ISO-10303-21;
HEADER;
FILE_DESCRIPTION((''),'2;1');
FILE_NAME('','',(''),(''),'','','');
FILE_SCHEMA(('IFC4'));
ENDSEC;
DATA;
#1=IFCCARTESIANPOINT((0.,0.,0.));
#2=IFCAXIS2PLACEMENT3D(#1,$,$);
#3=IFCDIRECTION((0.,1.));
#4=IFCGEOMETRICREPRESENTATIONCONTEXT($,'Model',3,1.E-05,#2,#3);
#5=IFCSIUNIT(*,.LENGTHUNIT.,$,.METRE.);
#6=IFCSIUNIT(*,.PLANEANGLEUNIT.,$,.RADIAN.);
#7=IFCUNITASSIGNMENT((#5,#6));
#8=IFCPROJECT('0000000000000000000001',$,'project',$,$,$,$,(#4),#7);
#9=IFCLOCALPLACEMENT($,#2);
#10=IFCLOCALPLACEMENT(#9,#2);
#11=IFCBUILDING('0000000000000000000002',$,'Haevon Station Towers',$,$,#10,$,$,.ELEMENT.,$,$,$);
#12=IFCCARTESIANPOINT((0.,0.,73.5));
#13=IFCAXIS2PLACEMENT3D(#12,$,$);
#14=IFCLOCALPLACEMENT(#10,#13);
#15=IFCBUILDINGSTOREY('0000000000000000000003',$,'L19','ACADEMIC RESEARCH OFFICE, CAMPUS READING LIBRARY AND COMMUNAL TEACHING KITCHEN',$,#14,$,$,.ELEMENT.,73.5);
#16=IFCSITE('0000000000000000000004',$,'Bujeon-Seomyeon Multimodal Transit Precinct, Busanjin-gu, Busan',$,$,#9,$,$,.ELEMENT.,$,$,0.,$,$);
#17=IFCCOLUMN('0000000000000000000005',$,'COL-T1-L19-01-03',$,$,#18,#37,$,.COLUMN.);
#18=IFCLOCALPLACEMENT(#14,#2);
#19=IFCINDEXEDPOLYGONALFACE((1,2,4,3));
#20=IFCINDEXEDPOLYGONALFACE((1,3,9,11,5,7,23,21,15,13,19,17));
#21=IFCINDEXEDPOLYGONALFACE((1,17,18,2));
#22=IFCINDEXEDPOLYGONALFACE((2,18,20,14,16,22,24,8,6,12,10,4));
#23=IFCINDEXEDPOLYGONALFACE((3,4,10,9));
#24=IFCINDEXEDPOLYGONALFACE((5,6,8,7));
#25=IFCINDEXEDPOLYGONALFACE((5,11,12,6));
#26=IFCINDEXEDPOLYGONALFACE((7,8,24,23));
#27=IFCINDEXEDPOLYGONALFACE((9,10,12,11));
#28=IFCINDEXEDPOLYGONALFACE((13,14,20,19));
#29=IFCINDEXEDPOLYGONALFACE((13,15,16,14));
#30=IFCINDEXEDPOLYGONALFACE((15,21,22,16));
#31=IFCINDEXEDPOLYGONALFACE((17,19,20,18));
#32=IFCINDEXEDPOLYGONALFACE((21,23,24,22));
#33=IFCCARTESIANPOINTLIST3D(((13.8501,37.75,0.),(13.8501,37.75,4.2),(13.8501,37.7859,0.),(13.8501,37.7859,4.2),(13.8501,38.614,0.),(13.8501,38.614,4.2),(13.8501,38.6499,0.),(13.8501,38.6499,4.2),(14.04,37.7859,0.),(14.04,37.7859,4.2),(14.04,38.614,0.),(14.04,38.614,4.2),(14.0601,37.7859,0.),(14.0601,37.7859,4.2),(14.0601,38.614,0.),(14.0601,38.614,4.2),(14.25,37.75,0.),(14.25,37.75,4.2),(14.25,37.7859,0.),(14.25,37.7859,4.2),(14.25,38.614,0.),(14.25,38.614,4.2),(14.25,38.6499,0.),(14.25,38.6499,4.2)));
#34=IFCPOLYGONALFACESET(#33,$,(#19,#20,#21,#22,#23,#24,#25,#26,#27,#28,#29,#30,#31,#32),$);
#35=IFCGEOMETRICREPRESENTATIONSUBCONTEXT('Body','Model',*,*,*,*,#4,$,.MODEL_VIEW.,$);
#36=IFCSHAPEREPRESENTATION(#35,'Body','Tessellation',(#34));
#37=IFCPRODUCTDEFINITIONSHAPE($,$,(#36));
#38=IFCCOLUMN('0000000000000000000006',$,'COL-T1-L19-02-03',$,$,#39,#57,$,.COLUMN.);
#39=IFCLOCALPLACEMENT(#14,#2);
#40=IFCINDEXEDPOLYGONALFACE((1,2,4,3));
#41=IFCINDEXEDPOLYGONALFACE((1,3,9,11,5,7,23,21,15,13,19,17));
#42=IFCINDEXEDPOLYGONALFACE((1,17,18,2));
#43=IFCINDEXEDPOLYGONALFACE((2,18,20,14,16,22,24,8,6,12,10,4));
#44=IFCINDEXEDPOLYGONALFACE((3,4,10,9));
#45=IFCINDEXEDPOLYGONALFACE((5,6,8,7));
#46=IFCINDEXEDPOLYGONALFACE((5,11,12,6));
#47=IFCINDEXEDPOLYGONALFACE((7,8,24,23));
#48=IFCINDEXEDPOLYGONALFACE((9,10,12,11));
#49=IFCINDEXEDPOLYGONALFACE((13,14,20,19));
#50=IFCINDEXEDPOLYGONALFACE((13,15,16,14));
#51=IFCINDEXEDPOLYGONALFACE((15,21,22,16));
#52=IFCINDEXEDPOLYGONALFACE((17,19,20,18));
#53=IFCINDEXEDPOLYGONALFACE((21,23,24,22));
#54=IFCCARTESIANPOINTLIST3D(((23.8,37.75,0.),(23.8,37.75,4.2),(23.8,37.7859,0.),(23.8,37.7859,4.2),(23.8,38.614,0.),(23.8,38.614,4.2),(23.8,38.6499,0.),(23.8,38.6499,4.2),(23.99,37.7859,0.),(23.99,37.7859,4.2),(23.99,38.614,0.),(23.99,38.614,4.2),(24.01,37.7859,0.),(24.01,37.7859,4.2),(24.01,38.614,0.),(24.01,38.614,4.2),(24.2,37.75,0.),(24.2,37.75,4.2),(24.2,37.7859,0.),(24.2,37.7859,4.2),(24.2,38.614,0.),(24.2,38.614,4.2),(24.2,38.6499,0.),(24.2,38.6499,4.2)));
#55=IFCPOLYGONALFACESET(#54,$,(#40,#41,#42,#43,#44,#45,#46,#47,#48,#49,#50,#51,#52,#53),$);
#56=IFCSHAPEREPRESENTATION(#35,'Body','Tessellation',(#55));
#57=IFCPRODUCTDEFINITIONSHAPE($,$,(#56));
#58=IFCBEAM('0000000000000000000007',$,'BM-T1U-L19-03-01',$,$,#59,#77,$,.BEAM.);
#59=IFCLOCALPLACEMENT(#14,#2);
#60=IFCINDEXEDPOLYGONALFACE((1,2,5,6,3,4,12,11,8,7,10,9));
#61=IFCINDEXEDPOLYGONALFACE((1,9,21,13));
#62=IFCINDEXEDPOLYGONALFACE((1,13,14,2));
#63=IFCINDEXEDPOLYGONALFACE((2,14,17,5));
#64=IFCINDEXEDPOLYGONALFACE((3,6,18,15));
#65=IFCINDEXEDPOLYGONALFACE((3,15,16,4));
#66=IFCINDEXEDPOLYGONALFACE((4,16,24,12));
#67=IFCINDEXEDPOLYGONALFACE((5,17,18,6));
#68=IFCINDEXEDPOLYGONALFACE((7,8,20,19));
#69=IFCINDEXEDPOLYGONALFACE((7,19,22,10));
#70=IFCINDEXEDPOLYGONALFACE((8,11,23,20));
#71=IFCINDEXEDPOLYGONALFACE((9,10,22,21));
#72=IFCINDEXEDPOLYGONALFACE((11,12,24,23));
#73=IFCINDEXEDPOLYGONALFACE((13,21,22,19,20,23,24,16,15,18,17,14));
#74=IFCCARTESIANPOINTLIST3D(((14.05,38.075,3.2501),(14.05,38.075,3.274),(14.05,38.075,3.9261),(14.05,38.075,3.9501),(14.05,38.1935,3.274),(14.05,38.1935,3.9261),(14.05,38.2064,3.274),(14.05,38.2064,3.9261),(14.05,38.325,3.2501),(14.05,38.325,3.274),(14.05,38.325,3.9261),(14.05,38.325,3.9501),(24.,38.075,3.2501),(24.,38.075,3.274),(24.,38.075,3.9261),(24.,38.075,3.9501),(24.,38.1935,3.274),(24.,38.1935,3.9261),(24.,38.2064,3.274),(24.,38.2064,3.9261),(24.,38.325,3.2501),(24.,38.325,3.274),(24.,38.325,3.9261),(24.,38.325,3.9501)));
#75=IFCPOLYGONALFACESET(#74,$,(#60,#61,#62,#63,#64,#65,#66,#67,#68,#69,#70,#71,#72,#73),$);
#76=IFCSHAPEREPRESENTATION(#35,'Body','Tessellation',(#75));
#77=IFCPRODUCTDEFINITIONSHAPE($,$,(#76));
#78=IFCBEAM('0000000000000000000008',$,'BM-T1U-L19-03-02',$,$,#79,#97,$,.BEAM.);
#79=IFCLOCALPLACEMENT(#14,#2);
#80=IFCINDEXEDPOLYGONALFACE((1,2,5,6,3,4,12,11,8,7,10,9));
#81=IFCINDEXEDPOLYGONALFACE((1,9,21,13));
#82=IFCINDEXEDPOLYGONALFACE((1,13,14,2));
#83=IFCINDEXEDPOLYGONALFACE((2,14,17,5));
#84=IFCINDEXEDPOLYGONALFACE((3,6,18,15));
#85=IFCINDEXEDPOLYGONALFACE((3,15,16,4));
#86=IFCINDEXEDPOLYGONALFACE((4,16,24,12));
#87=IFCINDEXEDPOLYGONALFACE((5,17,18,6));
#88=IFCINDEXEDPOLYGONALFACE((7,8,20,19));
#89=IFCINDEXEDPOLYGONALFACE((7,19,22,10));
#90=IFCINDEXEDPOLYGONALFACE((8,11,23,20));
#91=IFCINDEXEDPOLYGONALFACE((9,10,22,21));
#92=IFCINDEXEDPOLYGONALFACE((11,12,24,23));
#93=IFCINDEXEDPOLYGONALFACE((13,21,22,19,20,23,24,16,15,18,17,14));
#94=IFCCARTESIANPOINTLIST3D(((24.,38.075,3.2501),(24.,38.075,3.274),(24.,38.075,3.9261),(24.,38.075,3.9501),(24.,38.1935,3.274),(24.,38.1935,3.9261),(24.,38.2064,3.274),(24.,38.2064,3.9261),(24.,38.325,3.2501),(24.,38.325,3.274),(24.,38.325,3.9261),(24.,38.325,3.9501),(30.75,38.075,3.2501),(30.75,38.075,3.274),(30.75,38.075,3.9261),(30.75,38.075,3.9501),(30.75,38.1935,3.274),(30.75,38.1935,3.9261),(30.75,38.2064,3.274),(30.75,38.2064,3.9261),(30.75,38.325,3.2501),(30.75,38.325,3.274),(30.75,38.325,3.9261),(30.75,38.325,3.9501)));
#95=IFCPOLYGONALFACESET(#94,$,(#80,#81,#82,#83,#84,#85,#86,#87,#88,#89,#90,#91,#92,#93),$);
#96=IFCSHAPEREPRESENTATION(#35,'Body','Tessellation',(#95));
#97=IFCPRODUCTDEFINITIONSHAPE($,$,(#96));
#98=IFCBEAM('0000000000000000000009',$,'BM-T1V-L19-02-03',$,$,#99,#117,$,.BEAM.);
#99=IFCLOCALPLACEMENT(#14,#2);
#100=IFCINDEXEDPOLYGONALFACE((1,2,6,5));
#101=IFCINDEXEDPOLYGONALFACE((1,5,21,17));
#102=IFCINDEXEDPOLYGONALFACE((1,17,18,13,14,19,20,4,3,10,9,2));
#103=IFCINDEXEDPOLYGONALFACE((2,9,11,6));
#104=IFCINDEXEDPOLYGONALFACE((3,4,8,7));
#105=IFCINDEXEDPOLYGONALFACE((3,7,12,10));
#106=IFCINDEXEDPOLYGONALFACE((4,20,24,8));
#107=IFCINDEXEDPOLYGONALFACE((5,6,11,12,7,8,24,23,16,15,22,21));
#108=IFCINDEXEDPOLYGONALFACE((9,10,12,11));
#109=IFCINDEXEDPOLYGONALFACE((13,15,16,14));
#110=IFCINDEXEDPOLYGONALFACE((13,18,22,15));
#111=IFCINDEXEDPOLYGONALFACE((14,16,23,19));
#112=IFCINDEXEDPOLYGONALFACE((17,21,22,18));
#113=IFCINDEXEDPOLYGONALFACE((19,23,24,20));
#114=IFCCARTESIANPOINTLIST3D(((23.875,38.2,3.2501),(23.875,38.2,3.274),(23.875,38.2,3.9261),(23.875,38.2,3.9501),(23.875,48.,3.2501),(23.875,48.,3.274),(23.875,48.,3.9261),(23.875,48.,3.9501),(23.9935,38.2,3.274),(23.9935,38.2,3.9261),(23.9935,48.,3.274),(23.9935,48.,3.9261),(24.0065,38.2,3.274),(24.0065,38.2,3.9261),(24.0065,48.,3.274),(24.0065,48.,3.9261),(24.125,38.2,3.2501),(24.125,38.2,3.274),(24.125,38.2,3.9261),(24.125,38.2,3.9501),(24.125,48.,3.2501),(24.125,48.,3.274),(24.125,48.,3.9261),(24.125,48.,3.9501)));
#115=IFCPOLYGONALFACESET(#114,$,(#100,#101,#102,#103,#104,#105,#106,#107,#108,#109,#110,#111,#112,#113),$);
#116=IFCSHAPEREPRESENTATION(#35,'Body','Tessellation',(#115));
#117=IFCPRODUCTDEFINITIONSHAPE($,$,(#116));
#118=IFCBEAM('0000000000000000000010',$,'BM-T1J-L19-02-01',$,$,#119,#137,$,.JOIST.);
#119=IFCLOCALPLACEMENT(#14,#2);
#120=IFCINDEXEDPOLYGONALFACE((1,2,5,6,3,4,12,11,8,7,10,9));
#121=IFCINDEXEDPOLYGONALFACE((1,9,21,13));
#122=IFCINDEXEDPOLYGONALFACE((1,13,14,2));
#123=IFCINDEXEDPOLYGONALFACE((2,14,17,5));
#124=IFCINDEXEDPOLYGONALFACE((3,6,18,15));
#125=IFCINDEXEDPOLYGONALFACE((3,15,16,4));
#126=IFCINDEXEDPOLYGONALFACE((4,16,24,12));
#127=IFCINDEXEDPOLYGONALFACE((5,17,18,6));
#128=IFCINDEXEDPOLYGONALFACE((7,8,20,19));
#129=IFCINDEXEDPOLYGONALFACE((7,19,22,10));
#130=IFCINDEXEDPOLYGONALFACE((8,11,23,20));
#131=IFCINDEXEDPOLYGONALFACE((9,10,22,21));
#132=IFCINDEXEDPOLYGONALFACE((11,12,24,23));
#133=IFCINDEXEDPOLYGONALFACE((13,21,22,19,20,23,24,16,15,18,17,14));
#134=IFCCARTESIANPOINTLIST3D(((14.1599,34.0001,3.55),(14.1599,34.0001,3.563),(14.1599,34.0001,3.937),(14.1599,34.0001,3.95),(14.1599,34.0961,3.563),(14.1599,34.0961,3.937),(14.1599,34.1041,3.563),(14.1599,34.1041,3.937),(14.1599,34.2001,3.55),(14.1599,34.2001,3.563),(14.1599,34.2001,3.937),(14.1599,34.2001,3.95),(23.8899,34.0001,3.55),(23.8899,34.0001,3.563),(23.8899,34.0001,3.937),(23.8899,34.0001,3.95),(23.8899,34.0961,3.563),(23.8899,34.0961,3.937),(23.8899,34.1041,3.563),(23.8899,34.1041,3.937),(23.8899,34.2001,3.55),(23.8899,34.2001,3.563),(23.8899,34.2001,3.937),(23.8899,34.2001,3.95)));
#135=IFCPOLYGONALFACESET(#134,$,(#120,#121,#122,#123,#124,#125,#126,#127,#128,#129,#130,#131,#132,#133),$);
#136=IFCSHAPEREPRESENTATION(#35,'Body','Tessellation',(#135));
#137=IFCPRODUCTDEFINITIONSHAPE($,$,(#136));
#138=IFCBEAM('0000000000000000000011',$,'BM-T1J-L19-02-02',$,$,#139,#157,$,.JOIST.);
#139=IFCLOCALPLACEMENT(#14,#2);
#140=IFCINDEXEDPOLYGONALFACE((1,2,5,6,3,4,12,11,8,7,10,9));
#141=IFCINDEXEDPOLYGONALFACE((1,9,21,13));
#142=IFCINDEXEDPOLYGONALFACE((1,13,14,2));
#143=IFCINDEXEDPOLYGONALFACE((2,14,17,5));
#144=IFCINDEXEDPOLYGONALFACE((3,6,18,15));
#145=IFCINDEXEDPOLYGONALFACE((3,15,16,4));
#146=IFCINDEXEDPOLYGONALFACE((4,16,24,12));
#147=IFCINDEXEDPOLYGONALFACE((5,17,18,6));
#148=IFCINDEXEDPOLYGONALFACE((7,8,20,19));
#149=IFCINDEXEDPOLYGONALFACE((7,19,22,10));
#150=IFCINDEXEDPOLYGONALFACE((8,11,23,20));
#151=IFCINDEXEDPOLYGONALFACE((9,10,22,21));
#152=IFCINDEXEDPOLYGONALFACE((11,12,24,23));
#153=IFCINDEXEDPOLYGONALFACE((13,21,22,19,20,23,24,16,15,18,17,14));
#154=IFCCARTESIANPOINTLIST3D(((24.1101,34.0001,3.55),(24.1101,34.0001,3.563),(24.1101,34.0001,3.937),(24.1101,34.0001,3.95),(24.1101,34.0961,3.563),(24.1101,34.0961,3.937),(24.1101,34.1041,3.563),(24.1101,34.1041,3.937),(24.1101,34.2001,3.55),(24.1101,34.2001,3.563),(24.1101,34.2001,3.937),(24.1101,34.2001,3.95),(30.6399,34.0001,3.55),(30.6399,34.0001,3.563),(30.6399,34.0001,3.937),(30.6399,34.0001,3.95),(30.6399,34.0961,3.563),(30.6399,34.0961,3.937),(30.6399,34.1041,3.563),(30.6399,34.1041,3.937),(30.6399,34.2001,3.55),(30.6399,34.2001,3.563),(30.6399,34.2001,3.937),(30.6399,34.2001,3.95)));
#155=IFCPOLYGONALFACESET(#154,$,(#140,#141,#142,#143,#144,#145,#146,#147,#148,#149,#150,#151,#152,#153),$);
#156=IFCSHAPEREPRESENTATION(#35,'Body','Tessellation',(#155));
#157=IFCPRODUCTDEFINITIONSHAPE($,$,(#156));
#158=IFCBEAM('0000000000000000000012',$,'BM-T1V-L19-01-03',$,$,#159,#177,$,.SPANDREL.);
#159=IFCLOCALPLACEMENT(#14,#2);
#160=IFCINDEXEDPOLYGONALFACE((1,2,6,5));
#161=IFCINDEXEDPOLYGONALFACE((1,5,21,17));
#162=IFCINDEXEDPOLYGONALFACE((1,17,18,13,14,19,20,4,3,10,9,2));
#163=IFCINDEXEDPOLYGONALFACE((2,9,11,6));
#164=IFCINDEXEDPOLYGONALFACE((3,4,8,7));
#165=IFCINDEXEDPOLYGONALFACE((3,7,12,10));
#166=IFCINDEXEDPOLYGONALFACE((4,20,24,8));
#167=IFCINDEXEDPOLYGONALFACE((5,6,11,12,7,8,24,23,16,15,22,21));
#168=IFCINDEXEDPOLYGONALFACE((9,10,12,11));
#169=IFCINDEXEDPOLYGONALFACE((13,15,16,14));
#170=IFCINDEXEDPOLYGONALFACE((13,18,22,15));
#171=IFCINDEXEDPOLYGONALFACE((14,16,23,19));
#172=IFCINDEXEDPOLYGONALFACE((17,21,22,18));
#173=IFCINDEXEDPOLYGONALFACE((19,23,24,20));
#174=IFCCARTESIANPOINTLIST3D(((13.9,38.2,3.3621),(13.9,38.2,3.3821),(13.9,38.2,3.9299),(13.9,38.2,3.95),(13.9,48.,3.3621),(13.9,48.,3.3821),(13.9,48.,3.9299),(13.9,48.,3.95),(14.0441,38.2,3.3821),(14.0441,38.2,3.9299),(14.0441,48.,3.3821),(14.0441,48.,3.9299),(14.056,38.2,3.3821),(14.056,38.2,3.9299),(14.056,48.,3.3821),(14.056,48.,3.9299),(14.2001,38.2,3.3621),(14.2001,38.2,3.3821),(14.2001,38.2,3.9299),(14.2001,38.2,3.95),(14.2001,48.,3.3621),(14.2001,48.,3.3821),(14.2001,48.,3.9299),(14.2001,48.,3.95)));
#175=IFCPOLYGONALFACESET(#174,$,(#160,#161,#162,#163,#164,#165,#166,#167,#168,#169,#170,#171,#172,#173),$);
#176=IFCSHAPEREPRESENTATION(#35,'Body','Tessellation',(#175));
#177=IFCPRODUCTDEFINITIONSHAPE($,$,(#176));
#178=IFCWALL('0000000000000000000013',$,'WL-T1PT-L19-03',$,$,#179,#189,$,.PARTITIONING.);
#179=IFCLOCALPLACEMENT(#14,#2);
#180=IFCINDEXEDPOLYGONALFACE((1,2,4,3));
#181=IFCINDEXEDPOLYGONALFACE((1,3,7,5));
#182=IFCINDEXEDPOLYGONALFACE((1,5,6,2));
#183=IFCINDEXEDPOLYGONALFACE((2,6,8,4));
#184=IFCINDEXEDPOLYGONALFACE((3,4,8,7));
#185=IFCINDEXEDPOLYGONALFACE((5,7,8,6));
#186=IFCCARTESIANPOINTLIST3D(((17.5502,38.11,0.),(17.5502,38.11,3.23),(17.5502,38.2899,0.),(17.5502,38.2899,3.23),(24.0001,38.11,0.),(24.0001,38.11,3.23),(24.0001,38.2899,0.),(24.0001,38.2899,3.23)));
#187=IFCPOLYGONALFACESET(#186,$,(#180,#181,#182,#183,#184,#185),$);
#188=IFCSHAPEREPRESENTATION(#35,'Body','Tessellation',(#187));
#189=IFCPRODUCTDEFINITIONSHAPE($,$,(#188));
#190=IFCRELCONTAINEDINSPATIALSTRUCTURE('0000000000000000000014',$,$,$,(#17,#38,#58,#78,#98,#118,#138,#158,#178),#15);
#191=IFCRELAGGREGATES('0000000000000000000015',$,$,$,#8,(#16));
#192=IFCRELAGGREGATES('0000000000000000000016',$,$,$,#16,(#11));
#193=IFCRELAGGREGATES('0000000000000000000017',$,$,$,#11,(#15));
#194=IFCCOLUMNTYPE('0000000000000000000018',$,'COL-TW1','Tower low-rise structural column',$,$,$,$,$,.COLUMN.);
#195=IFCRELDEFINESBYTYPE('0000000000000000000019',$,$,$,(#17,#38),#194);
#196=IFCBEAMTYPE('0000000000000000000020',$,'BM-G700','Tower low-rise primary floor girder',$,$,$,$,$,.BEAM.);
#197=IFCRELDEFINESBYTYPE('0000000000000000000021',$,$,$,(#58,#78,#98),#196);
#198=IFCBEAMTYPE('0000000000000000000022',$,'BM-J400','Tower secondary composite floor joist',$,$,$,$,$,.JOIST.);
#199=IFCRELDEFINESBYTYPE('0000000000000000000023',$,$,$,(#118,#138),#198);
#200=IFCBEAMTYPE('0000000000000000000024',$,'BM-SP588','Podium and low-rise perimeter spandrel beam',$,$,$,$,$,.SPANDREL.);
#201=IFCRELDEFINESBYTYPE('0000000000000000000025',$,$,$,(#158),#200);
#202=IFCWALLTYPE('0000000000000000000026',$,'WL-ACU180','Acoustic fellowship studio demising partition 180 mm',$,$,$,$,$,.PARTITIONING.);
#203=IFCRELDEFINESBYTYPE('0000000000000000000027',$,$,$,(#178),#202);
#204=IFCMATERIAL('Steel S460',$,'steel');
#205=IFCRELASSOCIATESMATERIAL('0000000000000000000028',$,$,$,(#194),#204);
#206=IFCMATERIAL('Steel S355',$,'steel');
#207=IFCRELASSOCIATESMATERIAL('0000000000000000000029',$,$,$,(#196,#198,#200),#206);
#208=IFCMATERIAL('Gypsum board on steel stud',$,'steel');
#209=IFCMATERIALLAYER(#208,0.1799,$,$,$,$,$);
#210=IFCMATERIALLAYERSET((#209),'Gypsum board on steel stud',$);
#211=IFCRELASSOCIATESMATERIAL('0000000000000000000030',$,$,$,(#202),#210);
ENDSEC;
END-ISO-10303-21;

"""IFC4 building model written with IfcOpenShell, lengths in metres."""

from ifc_helpers import new_model, si_unit, direction, frame, frame_2d, origin, origin_2d, place, context, subcontext, project, spatial, rectangle, i_section, extrude, material, layer, layer_set, material_profile, profile_set, type_object, element, save


model = new_model("IFC4")

# Units and contexts
model_context = context("Model", 3, precision=1e-05, world=origin(), true_north=direction((0.0, 1.0)))
body_context = subcontext(model_context, "Body", "Model", "MODEL_VIEW")
ifc_project = project(units=[si_unit("LENGTHUNIT", "METRE"), si_unit("PLANEANGLEUNIT", "RADIAN")], contexts=[model_context])

# Site, building, storey
site_placement = place(None, origin())
site = spatial("IfcSite", under=ifc_project, at=site_placement, Name="Bujeon-Seomyeon Multimodal Transit Precinct, Busanjin-gu, Busan", CompositionType="ELEMENT", RefElevation=0.0)
building_placement = place(site_placement, origin())
building = spatial("IfcBuilding", under=site, at=building_placement, Name="Haevon Station Towers", CompositionType="ELEMENT")
storey_placement = place(building_placement, frame((0.0, 0.0, 73.5)))
storey = spatial("IfcBuildingStorey", under=building, at=storey_placement, Name="L19", Description="ACADEMIC RESEARCH OFFICE, CAMPUS READING LIBRARY AND COMMUNAL TEACHING KITCHEN", CompositionType="ELEMENT", Elevation=73.5)

# Columns
ifc_material_1 = material(Name="Steel S460", Category="steel")
ifc_material_profile_1 = material_profile(ifc_material_1, i_section(OverallWidth=0.3999, OverallDepth=0.8999, WebThickness=0.02, FlangeThickness=0.0359, at=origin_2d()), Name="H-900x400x20x36")
ifc_profile_set_1 = profile_set([ifc_material_profile_1], Name="Steel S460")
column_type = type_object("IfcColumnType", Name="COL-TW1", Description="Tower low-rise structural column", PredefinedType="COLUMN", material=ifc_profile_set_1)
for number, where, z_axis, x_axis, name in (
    (1, (14.05, 38.2, 0.0), (0.0, 0.0, 1.0), (1.0, 0.0, 0.0), "COL-T1-L19-01-03"),
    (2, (24.0, 38.2, 0.0), (0.0, 0.0, 1.0), (1.0, 0.0, 0.0), "COL-T1-L19-02-03"),
):
    element("IfcColumn", number, at=place(storey_placement, frame(where, z_axis=z_axis, x_axis=x_axis)), inside=storey, type_object=column_type, Name=name, PredefinedType="COLUMN", context=body_context, shape_type="SweptSolid", body=[
        extrude(i_section(OverallWidth=0.3999, OverallDepth=0.8999, WebThickness=0.02, FlangeThickness=0.0359, at=origin_2d()), origin(), (0.0, 0.0, 1.0), 4.2),
    ])

# Beams
ifc_material_2 = material(Name="Steel S355", Category="steel")
ifc_material_profile_2 = material_profile(ifc_material_2, i_section(OverallWidth=0.25, OverallDepth=0.7, WebThickness=0.0129, FlangeThickness=0.0239, at=origin_2d()), Name="H-700x250x13x24")
ifc_profile_set_2 = profile_set([ifc_material_profile_2], Name="Steel S355")
beam_type_1 = type_object("IfcBeamType", Name="BM-G700", Description="Tower low-rise primary floor girder", PredefinedType="BEAM", material=ifc_profile_set_2)
beam_1_placement = place(storey_placement, frame((14.05, 38.2, 3.6001), z_axis=(1.0, 0.0, 0.0), x_axis=(0.0, 1.0, 0.0)))
element("IfcBeam", 3, at=beam_1_placement, inside=storey, type_object=beam_type_1, Name="BM-T1U-L19-03-01", PredefinedType="BEAM", context=body_context, shape_type="SweptSolid", body=[
    extrude(i_section(OverallWidth=0.25, OverallDepth=0.7, WebThickness=0.0129, FlangeThickness=0.0239, at=origin_2d()), origin(), (0.0, 0.0, 1.0), 9.95),
])
beam_2_placement = place(storey_placement, frame((24.0, 38.2, 3.6001), z_axis=(1.0, 0.0, 0.0), x_axis=(0.0, 1.0, 0.0)))
element("IfcBeam", 4, at=beam_2_placement, inside=storey, type_object=beam_type_1, Name="BM-T1U-L19-03-02", PredefinedType="BEAM", context=body_context, shape_type="SweptSolid", body=[
    extrude(i_section(OverallWidth=0.25, OverallDepth=0.7, WebThickness=0.0129, FlangeThickness=0.0239, at=origin_2d()), origin(), (0.0, 0.0, 1.0), 6.75),
])
beam_3_placement = place(storey_placement, frame((24.0, 38.2, 3.6001), z_axis=(0.0, 1.0, 0.0), x_axis=(-1.0, 0.0, 0.0)))
element("IfcBeam", 5, at=beam_3_placement, inside=storey, type_object=beam_type_1, Name="BM-T1V-L19-02-03", PredefinedType="BEAM", context=body_context, shape_type="SweptSolid", body=[
    extrude(i_section(OverallWidth=0.25, OverallDepth=0.7, WebThickness=0.0129, FlangeThickness=0.0239, at=origin_2d()), origin(), (0.0, 0.0, 1.0), 9.8),
])
ifc_material_profile_3 = material_profile(ifc_material_2, i_section(OverallWidth=0.2, OverallDepth=0.3999, WebThickness=0.0081, FlangeThickness=0.0129, at=origin_2d()), Name="H-400x200x8x13")
ifc_profile_set_3 = profile_set([ifc_material_profile_3], Name="Steel S355")
beam_type_2 = type_object("IfcBeamType", Name="BM-J400", Description="Tower secondary composite floor joist", PredefinedType="JOIST", material=ifc_profile_set_3)
beam_4_placement = place(storey_placement, frame((14.1599, 34.1001, 3.75), z_axis=(1.0, 0.0, 0.0), x_axis=(0.0, 1.0, 0.0)))
element("IfcBeam", 6, at=beam_4_placement, inside=storey, type_object=beam_type_2, Name="BM-T1J-L19-02-01", PredefinedType="JOIST", context=body_context, shape_type="SweptSolid", body=[
    extrude(i_section(OverallWidth=0.2, OverallDepth=0.3999, WebThickness=0.0081, FlangeThickness=0.0129, at=origin_2d()), origin(), (0.0, 0.0, 1.0), 9.73),
])
beam_5_placement = place(storey_placement, frame((24.1101, 34.1001, 3.75), z_axis=(1.0, 0.0, 0.0), x_axis=(0.0, 1.0, 0.0)))
element("IfcBeam", 7, at=beam_5_placement, inside=storey, type_object=beam_type_2, Name="BM-T1J-L19-02-02", PredefinedType="JOIST", context=body_context, shape_type="SweptSolid", body=[
    extrude(i_section(OverallWidth=0.2, OverallDepth=0.3999, WebThickness=0.0081, FlangeThickness=0.0129, at=origin_2d()), origin(), (0.0, 0.0, 1.0), 6.5298),
])
ifc_material_profile_4 = material_profile(ifc_material_2, i_section(OverallWidth=0.3, OverallDepth=0.5879, WebThickness=0.012, FlangeThickness=0.02, at=origin_2d()), Name="H-588x300x12x20")
ifc_profile_set_4 = profile_set([ifc_material_profile_4], Name="Steel S355")
beam_type_3 = type_object("IfcBeamType", Name="BM-SP588", Description="Podium and low-rise perimeter spandrel beam", PredefinedType="SPANDREL", material=ifc_profile_set_4)
beam_6_placement = place(storey_placement, frame((14.05, 38.2, 3.656), z_axis=(0.0, 1.0, 0.0), x_axis=(-1.0, 0.0, 0.0)))
element("IfcBeam", 8, at=beam_6_placement, inside=storey, type_object=beam_type_3, Name="BM-T1V-L19-01-03", PredefinedType="SPANDREL", context=body_context, shape_type="SweptSolid", body=[
    extrude(i_section(OverallWidth=0.3, OverallDepth=0.5879, WebThickness=0.012, FlangeThickness=0.02, at=origin_2d()), origin(), (0.0, 0.0, 1.0), 9.8),
])

# Wall
ifc_material_3 = material(Name="Gypsum board on steel stud", Category="steel")
ifc_layer_1 = layer(ifc_material_3, 0.1799)
ifc_layer_set_1 = layer_set([ifc_layer_1], Name="Gypsum board on steel stud")
wall_type_1 = type_object("IfcWallType", Name="WL-ACU180", Description="Acoustic fellowship studio demising partition 180 mm", PredefinedType="PARTITIONING", material=ifc_layer_set_1)
wall_1_placement = place(storey_placement, frame((17.55, 38.2, 0.0), z_axis=(0.0, 0.0, 1.0), x_axis=(1.0, 0.0, 0.0)))
element("IfcWall", 9, at=wall_1_placement, inside=storey, type_object=wall_type_1, Name="WL-T1PT-L19-03", PredefinedType="PARTITIONING", context=body_context, shape_type="SweptSolid", body=[
    extrude(rectangle(XDim=6.45, YDim=0.1799, at=frame_2d((3.2251, 0.0))), origin(), (0.0, 0.0, 1.0), 3.23),
])

save(model, "model.ifc")
